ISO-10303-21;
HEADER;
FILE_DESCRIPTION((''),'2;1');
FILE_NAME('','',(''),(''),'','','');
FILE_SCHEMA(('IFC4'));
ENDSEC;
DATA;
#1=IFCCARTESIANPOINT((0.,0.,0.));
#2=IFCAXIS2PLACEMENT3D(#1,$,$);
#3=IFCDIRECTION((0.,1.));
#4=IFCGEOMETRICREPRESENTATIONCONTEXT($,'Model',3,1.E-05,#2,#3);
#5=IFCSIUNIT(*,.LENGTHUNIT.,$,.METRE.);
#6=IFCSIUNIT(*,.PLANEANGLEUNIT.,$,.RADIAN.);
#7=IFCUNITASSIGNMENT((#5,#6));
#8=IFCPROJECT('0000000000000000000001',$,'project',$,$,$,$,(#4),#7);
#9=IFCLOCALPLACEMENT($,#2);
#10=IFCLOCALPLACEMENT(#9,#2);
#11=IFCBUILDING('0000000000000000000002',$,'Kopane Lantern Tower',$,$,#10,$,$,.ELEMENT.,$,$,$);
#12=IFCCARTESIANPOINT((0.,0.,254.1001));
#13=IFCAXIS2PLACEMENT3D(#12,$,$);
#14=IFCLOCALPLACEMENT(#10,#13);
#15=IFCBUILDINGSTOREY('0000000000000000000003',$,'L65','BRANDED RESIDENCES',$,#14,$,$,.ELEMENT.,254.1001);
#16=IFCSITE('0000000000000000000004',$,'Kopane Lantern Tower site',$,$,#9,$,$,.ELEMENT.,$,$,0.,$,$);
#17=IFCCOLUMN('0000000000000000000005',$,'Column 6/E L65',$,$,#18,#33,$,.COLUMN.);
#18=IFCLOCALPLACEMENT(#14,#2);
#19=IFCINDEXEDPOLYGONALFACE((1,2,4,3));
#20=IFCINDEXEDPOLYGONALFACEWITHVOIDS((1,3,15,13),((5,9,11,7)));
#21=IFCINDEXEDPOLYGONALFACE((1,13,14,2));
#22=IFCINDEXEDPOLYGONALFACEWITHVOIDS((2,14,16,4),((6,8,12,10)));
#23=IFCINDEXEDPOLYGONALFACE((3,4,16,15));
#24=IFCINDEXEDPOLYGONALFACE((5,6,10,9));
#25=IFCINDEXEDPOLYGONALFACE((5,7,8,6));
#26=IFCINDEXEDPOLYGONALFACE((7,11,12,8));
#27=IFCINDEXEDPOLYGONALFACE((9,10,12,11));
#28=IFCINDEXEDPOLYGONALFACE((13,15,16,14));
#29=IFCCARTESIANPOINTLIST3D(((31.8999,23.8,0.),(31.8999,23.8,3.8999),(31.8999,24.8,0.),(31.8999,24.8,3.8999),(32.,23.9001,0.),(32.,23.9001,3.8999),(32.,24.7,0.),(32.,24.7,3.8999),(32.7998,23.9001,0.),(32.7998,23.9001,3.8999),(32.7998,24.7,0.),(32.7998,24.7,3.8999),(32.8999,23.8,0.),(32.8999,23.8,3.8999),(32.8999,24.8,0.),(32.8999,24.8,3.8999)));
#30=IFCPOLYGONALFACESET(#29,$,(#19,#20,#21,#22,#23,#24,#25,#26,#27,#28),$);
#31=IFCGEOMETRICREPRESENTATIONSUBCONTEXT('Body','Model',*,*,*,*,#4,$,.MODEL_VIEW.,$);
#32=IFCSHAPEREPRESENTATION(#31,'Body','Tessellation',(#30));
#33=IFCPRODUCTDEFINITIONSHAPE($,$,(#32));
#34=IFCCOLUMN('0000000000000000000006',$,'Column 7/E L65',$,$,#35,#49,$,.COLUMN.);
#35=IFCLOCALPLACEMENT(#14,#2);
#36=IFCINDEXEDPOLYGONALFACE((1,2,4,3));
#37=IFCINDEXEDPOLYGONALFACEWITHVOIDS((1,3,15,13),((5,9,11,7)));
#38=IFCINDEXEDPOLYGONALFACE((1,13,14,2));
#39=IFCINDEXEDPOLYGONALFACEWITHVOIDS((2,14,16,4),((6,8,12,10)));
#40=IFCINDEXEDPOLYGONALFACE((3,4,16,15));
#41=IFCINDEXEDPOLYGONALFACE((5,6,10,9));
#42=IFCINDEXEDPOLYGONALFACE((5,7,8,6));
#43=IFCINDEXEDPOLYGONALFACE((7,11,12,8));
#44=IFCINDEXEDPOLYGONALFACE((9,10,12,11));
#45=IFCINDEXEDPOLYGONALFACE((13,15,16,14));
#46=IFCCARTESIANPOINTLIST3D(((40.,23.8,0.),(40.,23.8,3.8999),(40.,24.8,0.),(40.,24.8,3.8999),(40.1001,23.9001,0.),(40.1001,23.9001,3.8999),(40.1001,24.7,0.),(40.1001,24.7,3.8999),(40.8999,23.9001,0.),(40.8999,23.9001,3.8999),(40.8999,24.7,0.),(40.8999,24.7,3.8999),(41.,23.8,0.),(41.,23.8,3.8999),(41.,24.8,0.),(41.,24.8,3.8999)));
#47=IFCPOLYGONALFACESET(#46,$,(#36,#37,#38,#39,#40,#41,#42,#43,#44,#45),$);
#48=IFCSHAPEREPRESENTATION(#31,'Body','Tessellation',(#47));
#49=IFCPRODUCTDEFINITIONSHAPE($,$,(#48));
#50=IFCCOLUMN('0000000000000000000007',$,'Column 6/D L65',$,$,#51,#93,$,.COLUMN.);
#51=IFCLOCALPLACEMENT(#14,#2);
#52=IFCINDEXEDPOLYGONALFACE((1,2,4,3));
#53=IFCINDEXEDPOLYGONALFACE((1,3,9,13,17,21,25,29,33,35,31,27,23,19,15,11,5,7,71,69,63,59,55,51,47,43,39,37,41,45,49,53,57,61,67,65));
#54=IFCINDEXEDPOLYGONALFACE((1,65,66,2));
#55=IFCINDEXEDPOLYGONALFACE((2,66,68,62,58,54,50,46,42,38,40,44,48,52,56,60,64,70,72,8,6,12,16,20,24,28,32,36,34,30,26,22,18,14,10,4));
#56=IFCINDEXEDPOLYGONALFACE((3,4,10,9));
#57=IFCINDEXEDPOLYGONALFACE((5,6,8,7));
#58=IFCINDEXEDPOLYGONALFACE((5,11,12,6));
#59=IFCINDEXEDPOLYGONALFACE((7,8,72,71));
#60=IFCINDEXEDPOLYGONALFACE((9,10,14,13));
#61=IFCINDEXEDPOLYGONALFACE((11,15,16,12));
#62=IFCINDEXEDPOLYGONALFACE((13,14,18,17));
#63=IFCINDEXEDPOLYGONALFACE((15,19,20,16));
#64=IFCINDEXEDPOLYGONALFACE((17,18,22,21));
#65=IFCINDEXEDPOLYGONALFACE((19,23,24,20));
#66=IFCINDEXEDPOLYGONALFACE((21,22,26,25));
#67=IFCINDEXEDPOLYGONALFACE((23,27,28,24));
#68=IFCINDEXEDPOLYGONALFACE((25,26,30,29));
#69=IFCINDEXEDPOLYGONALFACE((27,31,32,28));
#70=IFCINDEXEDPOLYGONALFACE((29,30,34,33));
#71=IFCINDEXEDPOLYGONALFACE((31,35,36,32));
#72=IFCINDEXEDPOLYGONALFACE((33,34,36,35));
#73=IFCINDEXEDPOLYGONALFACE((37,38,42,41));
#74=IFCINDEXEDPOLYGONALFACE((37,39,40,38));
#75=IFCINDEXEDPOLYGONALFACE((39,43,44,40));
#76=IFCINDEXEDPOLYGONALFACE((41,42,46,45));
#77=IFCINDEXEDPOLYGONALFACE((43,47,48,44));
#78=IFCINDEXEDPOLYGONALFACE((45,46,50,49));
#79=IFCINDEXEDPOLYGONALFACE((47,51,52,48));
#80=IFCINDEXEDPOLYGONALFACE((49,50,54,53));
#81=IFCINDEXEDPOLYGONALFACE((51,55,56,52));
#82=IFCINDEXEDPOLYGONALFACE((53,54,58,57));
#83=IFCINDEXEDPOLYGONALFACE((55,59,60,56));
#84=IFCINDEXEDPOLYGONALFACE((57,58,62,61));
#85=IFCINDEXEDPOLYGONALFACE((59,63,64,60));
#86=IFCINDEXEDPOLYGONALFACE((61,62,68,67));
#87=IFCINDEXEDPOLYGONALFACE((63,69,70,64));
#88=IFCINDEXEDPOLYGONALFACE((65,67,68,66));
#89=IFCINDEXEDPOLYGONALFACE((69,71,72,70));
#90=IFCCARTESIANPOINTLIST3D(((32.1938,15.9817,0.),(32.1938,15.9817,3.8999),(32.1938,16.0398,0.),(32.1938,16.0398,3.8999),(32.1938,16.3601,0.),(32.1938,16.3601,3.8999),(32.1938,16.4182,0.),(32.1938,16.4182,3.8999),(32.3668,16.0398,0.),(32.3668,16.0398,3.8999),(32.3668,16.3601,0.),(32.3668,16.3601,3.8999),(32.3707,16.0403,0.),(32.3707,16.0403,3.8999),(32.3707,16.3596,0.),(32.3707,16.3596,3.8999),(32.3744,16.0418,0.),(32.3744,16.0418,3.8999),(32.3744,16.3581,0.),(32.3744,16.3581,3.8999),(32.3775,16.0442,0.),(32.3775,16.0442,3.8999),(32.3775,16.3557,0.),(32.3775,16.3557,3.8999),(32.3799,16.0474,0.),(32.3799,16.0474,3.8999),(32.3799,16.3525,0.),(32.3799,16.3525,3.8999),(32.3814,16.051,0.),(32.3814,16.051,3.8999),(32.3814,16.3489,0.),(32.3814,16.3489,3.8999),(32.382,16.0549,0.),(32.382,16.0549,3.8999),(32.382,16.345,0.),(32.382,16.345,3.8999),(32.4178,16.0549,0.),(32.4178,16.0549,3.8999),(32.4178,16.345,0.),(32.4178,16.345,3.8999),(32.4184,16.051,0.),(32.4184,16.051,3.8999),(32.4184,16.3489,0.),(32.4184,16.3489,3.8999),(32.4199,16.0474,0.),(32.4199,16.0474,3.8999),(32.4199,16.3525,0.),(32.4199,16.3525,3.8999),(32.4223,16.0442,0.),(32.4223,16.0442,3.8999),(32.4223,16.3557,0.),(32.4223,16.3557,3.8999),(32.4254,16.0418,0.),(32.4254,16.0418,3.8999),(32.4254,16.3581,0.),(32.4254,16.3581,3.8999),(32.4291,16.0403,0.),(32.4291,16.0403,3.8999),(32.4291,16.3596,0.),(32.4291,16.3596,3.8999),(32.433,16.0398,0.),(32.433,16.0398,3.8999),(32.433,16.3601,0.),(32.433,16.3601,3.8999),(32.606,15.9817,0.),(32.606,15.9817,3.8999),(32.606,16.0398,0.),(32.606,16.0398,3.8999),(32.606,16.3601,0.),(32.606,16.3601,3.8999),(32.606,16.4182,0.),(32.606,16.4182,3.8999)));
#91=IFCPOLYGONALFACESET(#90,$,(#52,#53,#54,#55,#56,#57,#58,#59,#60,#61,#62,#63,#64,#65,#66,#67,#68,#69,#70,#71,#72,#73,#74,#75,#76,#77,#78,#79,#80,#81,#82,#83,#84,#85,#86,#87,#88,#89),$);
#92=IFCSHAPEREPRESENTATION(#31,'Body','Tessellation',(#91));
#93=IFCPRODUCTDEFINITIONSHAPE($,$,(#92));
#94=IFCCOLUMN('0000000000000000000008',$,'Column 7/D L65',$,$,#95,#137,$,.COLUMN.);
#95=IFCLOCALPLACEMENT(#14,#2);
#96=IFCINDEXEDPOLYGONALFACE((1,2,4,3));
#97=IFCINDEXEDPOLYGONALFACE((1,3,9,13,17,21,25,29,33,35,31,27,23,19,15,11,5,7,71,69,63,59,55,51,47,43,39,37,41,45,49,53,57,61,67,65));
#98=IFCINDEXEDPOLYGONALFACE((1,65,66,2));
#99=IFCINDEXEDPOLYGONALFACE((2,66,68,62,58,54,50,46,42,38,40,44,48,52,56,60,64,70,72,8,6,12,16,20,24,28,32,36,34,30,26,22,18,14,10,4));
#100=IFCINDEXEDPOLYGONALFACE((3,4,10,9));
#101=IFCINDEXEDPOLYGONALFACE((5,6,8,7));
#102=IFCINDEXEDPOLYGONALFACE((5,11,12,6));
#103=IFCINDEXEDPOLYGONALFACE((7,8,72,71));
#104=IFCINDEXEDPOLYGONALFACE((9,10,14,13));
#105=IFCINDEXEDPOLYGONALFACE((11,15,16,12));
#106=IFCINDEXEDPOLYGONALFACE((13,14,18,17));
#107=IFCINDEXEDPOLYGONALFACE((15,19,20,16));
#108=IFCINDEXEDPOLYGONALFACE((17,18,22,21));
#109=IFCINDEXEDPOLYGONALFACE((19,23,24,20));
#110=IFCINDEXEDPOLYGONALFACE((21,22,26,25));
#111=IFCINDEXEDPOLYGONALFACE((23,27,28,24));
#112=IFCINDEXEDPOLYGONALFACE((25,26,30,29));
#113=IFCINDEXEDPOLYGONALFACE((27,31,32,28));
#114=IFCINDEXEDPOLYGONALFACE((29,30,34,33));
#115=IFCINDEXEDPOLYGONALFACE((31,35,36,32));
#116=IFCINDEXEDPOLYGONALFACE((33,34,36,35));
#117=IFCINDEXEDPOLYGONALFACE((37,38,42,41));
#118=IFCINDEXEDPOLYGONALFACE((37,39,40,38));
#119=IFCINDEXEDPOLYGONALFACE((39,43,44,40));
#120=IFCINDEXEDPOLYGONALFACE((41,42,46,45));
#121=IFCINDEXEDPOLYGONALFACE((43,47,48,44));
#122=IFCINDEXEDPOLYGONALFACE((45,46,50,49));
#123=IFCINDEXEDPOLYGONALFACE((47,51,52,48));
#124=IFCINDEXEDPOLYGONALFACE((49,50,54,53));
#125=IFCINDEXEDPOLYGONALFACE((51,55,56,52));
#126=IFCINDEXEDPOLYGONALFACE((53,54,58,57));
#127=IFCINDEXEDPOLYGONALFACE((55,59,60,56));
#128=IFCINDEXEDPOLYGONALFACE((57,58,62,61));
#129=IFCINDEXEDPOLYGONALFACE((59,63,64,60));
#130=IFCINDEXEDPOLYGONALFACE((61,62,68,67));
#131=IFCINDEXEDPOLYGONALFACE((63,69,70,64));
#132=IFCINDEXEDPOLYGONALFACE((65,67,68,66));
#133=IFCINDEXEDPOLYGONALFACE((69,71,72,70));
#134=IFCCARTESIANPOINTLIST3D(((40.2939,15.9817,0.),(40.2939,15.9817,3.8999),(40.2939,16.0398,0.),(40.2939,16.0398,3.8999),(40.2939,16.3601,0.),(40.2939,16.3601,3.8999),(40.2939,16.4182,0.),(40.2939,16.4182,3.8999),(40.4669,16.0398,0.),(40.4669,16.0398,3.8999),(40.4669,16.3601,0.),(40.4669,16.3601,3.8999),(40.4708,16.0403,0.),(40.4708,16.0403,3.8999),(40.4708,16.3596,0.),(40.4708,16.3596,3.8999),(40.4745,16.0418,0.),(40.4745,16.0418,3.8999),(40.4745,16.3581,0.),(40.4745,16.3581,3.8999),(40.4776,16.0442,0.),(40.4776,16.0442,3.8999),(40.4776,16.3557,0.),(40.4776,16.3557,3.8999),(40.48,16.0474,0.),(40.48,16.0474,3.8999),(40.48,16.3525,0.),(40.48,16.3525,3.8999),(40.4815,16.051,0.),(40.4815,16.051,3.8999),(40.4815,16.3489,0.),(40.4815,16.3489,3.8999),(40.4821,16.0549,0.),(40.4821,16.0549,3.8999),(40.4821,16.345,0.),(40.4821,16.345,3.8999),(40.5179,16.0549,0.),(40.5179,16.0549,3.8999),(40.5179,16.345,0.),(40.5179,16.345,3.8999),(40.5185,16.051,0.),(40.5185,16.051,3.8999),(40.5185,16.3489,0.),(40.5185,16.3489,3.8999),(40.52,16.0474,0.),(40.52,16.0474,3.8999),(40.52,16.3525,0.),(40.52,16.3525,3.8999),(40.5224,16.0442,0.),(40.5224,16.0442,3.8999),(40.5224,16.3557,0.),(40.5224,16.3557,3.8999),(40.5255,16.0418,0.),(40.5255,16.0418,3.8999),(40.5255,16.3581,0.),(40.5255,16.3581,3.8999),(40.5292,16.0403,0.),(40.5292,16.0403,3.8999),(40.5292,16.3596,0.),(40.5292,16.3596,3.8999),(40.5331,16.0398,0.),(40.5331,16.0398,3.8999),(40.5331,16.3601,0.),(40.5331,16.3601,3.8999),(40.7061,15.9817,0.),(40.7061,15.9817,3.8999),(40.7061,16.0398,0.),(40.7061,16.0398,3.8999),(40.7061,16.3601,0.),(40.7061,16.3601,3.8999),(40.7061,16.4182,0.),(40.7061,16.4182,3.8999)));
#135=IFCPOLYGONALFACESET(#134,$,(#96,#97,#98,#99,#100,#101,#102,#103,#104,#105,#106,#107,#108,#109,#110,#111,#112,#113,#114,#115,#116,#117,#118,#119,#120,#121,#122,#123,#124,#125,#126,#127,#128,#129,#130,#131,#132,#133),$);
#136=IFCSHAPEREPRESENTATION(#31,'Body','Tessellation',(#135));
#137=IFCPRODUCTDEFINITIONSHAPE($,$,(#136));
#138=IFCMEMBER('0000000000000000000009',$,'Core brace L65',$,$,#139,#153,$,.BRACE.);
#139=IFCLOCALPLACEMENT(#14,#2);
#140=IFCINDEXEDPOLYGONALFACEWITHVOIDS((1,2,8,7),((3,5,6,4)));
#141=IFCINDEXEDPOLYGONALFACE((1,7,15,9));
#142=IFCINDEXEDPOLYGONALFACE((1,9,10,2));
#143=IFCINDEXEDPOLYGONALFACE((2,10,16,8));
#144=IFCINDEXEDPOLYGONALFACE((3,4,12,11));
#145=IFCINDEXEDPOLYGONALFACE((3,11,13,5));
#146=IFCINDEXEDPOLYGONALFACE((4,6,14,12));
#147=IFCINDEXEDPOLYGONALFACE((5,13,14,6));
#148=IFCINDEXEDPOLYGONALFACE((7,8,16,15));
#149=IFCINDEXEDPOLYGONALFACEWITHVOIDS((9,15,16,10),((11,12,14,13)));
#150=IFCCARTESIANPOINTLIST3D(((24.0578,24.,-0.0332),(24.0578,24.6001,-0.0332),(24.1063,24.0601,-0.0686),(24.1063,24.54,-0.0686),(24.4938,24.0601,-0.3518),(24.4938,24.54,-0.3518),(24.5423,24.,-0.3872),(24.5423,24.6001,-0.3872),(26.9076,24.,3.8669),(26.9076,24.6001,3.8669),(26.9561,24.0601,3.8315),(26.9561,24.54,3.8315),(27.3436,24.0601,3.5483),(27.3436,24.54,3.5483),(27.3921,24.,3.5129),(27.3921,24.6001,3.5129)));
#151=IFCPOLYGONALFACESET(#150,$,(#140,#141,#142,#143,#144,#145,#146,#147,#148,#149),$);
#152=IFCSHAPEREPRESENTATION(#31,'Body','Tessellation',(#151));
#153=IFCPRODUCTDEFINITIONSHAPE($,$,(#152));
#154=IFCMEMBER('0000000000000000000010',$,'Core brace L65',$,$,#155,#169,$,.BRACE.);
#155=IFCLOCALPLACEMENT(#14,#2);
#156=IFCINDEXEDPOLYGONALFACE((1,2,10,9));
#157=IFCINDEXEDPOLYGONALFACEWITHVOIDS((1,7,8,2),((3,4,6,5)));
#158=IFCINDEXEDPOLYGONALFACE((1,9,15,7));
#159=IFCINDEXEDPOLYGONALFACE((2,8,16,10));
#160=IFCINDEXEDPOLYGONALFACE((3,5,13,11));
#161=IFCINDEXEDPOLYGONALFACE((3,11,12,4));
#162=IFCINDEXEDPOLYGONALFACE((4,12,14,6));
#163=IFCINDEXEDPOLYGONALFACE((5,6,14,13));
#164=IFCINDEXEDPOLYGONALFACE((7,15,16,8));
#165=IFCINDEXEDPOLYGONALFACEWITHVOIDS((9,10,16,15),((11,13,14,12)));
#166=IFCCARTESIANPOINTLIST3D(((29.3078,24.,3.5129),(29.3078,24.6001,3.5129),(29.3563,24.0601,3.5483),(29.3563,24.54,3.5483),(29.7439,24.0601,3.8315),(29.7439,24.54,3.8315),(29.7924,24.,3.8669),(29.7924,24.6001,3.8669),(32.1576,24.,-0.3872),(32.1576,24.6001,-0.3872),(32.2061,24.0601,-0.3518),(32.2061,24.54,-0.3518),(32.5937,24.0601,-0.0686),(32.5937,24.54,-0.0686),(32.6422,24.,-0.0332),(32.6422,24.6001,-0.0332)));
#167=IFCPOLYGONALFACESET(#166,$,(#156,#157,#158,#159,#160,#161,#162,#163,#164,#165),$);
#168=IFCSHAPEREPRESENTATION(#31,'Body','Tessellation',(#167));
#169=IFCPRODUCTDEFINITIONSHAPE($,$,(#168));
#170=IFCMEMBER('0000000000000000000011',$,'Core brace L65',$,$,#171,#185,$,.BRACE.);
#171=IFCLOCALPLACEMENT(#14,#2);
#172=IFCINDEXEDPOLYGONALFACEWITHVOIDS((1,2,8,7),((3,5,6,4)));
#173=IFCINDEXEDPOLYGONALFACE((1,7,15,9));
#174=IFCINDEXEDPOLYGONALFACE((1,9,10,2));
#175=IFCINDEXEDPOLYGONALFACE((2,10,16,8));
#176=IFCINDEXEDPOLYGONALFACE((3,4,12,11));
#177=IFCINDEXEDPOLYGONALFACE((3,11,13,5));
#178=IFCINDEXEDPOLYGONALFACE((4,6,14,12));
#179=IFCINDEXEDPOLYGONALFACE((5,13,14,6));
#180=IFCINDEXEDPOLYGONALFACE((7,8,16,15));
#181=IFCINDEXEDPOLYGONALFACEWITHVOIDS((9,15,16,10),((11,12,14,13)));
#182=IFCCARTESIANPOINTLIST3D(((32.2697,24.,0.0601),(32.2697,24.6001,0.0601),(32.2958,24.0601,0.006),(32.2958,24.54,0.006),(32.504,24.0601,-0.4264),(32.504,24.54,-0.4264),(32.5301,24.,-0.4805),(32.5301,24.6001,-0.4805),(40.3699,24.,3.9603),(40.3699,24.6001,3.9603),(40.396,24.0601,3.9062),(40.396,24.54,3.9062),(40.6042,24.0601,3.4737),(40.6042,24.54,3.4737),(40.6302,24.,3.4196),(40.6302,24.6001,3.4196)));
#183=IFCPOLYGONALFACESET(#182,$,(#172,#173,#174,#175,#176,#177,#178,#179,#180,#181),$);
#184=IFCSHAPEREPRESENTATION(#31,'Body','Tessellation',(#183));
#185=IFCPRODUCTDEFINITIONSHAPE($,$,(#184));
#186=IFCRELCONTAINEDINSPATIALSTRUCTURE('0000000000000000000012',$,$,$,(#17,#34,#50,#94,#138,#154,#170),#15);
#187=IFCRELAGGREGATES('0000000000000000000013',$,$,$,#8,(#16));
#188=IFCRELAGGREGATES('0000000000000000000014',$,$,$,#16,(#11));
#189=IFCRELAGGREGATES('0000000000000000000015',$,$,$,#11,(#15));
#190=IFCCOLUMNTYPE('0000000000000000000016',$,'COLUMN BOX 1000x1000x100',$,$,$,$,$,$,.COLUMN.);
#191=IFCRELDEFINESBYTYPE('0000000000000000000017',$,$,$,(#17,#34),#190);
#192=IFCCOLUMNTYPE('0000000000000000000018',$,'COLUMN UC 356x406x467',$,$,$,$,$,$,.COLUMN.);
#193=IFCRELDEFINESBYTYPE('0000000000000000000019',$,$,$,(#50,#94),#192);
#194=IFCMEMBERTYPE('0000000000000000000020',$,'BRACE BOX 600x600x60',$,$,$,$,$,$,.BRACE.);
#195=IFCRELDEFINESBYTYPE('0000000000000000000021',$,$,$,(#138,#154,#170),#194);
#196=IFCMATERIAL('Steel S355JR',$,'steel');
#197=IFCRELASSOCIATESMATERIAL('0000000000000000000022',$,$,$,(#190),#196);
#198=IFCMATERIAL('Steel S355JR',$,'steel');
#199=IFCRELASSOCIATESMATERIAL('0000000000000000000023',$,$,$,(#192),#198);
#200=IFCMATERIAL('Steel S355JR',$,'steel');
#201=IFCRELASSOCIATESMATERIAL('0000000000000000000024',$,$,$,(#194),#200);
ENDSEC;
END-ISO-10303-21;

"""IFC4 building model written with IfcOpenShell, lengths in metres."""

from ifc_helpers import new_model, si_unit, direction, frame, origin, origin_2d, place, context, subcontext, project, spatial, hollow_rectangle, i_section, extrude, material, material_profile, profile_set, type_object, element, save


model = new_model("IFC4")

# Units and contexts
model_context = context("Model", 3, precision=1e-05, world=origin(), true_north=direction((0.0, 1.0)))
body_context = subcontext(model_context, "Body", "Model", "MODEL_VIEW")
ifc_project = project(units=[si_unit("LENGTHUNIT", "METRE"), si_unit("PLANEANGLEUNIT", "RADIAN")], contexts=[model_context])

# Site, building, storey
site_placement = place(None, origin())
site = spatial("IfcSite", under=ifc_project, at=site_placement, Name="Kopane Lantern Tower site", CompositionType="ELEMENT", RefElevation=0.0)
building_placement = place(site_placement, origin())
building = spatial("IfcBuilding", under=site, at=building_placement, Name="Kopane Lantern Tower", CompositionType="ELEMENT")
storey_placement = place(building_placement, frame((0.0, 0.0, 254.1001)))
storey = spatial("IfcBuildingStorey", under=building, at=storey_placement, Name="L65", Description="BRANDED RESIDENCES", CompositionType="ELEMENT", Elevation=254.1001)

# Columns
ifc_material_1 = material(Name="Steel S355JR", Category="steel")
ifc_material_profile_1 = material_profile(ifc_material_1, hollow_rectangle(XDim=1.0, YDim=1.0, WallThickness=0.1001, at=origin_2d()), Name="BOX 1000x1000x100")
ifc_profile_set_1 = profile_set([ifc_material_profile_1], Name="Steel S355JR")
column_type_1 = type_object("IfcColumnType", Name="COLUMN BOX 1000x1000x100", PredefinedType="COLUMN", material=ifc_profile_set_1)
for number, where, z_axis, x_axis, name in (
    (1, (32.3999, 24.3, 0.0), (0.0, 0.0, 1.0), (1.0, 0.0, 0.0), "Column 6/E L65"),
    (2, (40.5, 24.3, 0.0), (0.0, 0.0, 1.0), (1.0, 0.0, 0.0), "Column 7/E L65"),
):
    element("IfcColumn", number, at=place(storey_placement, frame(where, z_axis=z_axis, x_axis=x_axis)), inside=storey, type_object=column_type_1, Name=name, PredefinedType="COLUMN", context=body_context, shape_type="SweptSolid", body=[
        extrude(hollow_rectangle(XDim=1.0, YDim=1.0, WallThickness=0.1001, at=origin_2d()), origin(), (0.0, 0.0, 1.0), 3.8999),
    ])
ifc_material_2 = material(Name="Steel S355JR", Category="steel")
ifc_material_profile_2 = material_profile(ifc_material_2, i_section(OverallWidth=0.4121, OverallDepth=0.4365, WebThickness=0.0359, FlangeThickness=0.0581, FilletRadius=0.0151, at=origin_2d()), Name="UC 356x406x467")
ifc_profile_set_2 = profile_set([ifc_material_profile_2], Name="Steel S355JR")
column_type_2 = type_object("IfcColumnType", Name="COLUMN UC 356x406x467", PredefinedType="COLUMN", material=ifc_profile_set_2)
for number, where, z_axis, x_axis, name in (
    (3, (32.3999, 16.2, 0.0), (0.0, 0.0, 1.0), (1.0, 0.0, 0.0), "Column 6/D L65"),
    (4, (40.5, 16.2, 0.0), (0.0, 0.0, 1.0), (1.0, 0.0, 0.0), "Column 7/D L65"),
):
    element("IfcColumn", number, at=place(storey_placement, frame(where, z_axis=z_axis, x_axis=x_axis)), inside=storey, type_object=column_type_2, Name=name, PredefinedType="COLUMN", context=body_context, shape_type="SweptSolid", body=[
        extrude(i_section(OverallWidth=0.4121, OverallDepth=0.4365, WebThickness=0.0359, FlangeThickness=0.0581, FilletRadius=0.0151, at=origin_2d()), origin(), (0.0, 0.0, 1.0), 3.8999),
    ])

# Members
ifc_material_3 = material(Name="Steel S355JR", Category="steel")
ifc_material_profile_3 = material_profile(ifc_material_3, hollow_rectangle(XDim=0.6001, YDim=0.6001, WallThickness=0.0601, at=origin_2d()), Name="BOX 600x600x60")
ifc_profile_set_3 = profile_set([ifc_material_profile_3], Name="Steel S355JR")
member_type = type_object("IfcMemberType", Name="BRACE BOX 600x600x60", PredefinedType="BRACE", material=ifc_profile_set_3)
for number, where, z_axis, x_axis, name in (
    (5, (24.3, 24.3, -0.2102), (0.589982, 0.0, 0.807416), (0.0, 1.0, 0.0), "Core brace L65"),
    (6, (32.3999, 24.3, -0.2102), (-0.589982, 0.0, 0.807416), (0.0, -1.0, 0.0), "Core brace L65"),
):
    element("IfcMember", number, at=place(storey_placement, frame(where, z_axis=z_axis, x_axis=x_axis)), inside=storey, type_object=member_type, Name=name, PredefinedType="BRACE", context=body_context, shape_type="SweptSolid", body=[
        extrude(hollow_rectangle(XDim=0.6001, YDim=0.6001, WallThickness=0.0601, at=origin_2d()), origin(), (0.0, 0.0, 1.0), 4.8303),
    ])
member_placement = place(storey_placement, frame((32.3999, 24.3, -0.2102), z_axis=(0.900997, 0.0, 0.433825), x_axis=(0.0, 1.0, 0.0)))
element("IfcMember", 7, at=member_placement, inside=storey, type_object=member_type, Name="Core brace L65", PredefinedType="BRACE", context=body_context, shape_type="SweptSolid", body=[
    extrude(hollow_rectangle(XDim=0.6001, YDim=0.6001, WallThickness=0.0601, at=origin_2d()), origin(), (0.0, 0.0, 1.0), 8.9902),
])

save(model, "model.ifc")
